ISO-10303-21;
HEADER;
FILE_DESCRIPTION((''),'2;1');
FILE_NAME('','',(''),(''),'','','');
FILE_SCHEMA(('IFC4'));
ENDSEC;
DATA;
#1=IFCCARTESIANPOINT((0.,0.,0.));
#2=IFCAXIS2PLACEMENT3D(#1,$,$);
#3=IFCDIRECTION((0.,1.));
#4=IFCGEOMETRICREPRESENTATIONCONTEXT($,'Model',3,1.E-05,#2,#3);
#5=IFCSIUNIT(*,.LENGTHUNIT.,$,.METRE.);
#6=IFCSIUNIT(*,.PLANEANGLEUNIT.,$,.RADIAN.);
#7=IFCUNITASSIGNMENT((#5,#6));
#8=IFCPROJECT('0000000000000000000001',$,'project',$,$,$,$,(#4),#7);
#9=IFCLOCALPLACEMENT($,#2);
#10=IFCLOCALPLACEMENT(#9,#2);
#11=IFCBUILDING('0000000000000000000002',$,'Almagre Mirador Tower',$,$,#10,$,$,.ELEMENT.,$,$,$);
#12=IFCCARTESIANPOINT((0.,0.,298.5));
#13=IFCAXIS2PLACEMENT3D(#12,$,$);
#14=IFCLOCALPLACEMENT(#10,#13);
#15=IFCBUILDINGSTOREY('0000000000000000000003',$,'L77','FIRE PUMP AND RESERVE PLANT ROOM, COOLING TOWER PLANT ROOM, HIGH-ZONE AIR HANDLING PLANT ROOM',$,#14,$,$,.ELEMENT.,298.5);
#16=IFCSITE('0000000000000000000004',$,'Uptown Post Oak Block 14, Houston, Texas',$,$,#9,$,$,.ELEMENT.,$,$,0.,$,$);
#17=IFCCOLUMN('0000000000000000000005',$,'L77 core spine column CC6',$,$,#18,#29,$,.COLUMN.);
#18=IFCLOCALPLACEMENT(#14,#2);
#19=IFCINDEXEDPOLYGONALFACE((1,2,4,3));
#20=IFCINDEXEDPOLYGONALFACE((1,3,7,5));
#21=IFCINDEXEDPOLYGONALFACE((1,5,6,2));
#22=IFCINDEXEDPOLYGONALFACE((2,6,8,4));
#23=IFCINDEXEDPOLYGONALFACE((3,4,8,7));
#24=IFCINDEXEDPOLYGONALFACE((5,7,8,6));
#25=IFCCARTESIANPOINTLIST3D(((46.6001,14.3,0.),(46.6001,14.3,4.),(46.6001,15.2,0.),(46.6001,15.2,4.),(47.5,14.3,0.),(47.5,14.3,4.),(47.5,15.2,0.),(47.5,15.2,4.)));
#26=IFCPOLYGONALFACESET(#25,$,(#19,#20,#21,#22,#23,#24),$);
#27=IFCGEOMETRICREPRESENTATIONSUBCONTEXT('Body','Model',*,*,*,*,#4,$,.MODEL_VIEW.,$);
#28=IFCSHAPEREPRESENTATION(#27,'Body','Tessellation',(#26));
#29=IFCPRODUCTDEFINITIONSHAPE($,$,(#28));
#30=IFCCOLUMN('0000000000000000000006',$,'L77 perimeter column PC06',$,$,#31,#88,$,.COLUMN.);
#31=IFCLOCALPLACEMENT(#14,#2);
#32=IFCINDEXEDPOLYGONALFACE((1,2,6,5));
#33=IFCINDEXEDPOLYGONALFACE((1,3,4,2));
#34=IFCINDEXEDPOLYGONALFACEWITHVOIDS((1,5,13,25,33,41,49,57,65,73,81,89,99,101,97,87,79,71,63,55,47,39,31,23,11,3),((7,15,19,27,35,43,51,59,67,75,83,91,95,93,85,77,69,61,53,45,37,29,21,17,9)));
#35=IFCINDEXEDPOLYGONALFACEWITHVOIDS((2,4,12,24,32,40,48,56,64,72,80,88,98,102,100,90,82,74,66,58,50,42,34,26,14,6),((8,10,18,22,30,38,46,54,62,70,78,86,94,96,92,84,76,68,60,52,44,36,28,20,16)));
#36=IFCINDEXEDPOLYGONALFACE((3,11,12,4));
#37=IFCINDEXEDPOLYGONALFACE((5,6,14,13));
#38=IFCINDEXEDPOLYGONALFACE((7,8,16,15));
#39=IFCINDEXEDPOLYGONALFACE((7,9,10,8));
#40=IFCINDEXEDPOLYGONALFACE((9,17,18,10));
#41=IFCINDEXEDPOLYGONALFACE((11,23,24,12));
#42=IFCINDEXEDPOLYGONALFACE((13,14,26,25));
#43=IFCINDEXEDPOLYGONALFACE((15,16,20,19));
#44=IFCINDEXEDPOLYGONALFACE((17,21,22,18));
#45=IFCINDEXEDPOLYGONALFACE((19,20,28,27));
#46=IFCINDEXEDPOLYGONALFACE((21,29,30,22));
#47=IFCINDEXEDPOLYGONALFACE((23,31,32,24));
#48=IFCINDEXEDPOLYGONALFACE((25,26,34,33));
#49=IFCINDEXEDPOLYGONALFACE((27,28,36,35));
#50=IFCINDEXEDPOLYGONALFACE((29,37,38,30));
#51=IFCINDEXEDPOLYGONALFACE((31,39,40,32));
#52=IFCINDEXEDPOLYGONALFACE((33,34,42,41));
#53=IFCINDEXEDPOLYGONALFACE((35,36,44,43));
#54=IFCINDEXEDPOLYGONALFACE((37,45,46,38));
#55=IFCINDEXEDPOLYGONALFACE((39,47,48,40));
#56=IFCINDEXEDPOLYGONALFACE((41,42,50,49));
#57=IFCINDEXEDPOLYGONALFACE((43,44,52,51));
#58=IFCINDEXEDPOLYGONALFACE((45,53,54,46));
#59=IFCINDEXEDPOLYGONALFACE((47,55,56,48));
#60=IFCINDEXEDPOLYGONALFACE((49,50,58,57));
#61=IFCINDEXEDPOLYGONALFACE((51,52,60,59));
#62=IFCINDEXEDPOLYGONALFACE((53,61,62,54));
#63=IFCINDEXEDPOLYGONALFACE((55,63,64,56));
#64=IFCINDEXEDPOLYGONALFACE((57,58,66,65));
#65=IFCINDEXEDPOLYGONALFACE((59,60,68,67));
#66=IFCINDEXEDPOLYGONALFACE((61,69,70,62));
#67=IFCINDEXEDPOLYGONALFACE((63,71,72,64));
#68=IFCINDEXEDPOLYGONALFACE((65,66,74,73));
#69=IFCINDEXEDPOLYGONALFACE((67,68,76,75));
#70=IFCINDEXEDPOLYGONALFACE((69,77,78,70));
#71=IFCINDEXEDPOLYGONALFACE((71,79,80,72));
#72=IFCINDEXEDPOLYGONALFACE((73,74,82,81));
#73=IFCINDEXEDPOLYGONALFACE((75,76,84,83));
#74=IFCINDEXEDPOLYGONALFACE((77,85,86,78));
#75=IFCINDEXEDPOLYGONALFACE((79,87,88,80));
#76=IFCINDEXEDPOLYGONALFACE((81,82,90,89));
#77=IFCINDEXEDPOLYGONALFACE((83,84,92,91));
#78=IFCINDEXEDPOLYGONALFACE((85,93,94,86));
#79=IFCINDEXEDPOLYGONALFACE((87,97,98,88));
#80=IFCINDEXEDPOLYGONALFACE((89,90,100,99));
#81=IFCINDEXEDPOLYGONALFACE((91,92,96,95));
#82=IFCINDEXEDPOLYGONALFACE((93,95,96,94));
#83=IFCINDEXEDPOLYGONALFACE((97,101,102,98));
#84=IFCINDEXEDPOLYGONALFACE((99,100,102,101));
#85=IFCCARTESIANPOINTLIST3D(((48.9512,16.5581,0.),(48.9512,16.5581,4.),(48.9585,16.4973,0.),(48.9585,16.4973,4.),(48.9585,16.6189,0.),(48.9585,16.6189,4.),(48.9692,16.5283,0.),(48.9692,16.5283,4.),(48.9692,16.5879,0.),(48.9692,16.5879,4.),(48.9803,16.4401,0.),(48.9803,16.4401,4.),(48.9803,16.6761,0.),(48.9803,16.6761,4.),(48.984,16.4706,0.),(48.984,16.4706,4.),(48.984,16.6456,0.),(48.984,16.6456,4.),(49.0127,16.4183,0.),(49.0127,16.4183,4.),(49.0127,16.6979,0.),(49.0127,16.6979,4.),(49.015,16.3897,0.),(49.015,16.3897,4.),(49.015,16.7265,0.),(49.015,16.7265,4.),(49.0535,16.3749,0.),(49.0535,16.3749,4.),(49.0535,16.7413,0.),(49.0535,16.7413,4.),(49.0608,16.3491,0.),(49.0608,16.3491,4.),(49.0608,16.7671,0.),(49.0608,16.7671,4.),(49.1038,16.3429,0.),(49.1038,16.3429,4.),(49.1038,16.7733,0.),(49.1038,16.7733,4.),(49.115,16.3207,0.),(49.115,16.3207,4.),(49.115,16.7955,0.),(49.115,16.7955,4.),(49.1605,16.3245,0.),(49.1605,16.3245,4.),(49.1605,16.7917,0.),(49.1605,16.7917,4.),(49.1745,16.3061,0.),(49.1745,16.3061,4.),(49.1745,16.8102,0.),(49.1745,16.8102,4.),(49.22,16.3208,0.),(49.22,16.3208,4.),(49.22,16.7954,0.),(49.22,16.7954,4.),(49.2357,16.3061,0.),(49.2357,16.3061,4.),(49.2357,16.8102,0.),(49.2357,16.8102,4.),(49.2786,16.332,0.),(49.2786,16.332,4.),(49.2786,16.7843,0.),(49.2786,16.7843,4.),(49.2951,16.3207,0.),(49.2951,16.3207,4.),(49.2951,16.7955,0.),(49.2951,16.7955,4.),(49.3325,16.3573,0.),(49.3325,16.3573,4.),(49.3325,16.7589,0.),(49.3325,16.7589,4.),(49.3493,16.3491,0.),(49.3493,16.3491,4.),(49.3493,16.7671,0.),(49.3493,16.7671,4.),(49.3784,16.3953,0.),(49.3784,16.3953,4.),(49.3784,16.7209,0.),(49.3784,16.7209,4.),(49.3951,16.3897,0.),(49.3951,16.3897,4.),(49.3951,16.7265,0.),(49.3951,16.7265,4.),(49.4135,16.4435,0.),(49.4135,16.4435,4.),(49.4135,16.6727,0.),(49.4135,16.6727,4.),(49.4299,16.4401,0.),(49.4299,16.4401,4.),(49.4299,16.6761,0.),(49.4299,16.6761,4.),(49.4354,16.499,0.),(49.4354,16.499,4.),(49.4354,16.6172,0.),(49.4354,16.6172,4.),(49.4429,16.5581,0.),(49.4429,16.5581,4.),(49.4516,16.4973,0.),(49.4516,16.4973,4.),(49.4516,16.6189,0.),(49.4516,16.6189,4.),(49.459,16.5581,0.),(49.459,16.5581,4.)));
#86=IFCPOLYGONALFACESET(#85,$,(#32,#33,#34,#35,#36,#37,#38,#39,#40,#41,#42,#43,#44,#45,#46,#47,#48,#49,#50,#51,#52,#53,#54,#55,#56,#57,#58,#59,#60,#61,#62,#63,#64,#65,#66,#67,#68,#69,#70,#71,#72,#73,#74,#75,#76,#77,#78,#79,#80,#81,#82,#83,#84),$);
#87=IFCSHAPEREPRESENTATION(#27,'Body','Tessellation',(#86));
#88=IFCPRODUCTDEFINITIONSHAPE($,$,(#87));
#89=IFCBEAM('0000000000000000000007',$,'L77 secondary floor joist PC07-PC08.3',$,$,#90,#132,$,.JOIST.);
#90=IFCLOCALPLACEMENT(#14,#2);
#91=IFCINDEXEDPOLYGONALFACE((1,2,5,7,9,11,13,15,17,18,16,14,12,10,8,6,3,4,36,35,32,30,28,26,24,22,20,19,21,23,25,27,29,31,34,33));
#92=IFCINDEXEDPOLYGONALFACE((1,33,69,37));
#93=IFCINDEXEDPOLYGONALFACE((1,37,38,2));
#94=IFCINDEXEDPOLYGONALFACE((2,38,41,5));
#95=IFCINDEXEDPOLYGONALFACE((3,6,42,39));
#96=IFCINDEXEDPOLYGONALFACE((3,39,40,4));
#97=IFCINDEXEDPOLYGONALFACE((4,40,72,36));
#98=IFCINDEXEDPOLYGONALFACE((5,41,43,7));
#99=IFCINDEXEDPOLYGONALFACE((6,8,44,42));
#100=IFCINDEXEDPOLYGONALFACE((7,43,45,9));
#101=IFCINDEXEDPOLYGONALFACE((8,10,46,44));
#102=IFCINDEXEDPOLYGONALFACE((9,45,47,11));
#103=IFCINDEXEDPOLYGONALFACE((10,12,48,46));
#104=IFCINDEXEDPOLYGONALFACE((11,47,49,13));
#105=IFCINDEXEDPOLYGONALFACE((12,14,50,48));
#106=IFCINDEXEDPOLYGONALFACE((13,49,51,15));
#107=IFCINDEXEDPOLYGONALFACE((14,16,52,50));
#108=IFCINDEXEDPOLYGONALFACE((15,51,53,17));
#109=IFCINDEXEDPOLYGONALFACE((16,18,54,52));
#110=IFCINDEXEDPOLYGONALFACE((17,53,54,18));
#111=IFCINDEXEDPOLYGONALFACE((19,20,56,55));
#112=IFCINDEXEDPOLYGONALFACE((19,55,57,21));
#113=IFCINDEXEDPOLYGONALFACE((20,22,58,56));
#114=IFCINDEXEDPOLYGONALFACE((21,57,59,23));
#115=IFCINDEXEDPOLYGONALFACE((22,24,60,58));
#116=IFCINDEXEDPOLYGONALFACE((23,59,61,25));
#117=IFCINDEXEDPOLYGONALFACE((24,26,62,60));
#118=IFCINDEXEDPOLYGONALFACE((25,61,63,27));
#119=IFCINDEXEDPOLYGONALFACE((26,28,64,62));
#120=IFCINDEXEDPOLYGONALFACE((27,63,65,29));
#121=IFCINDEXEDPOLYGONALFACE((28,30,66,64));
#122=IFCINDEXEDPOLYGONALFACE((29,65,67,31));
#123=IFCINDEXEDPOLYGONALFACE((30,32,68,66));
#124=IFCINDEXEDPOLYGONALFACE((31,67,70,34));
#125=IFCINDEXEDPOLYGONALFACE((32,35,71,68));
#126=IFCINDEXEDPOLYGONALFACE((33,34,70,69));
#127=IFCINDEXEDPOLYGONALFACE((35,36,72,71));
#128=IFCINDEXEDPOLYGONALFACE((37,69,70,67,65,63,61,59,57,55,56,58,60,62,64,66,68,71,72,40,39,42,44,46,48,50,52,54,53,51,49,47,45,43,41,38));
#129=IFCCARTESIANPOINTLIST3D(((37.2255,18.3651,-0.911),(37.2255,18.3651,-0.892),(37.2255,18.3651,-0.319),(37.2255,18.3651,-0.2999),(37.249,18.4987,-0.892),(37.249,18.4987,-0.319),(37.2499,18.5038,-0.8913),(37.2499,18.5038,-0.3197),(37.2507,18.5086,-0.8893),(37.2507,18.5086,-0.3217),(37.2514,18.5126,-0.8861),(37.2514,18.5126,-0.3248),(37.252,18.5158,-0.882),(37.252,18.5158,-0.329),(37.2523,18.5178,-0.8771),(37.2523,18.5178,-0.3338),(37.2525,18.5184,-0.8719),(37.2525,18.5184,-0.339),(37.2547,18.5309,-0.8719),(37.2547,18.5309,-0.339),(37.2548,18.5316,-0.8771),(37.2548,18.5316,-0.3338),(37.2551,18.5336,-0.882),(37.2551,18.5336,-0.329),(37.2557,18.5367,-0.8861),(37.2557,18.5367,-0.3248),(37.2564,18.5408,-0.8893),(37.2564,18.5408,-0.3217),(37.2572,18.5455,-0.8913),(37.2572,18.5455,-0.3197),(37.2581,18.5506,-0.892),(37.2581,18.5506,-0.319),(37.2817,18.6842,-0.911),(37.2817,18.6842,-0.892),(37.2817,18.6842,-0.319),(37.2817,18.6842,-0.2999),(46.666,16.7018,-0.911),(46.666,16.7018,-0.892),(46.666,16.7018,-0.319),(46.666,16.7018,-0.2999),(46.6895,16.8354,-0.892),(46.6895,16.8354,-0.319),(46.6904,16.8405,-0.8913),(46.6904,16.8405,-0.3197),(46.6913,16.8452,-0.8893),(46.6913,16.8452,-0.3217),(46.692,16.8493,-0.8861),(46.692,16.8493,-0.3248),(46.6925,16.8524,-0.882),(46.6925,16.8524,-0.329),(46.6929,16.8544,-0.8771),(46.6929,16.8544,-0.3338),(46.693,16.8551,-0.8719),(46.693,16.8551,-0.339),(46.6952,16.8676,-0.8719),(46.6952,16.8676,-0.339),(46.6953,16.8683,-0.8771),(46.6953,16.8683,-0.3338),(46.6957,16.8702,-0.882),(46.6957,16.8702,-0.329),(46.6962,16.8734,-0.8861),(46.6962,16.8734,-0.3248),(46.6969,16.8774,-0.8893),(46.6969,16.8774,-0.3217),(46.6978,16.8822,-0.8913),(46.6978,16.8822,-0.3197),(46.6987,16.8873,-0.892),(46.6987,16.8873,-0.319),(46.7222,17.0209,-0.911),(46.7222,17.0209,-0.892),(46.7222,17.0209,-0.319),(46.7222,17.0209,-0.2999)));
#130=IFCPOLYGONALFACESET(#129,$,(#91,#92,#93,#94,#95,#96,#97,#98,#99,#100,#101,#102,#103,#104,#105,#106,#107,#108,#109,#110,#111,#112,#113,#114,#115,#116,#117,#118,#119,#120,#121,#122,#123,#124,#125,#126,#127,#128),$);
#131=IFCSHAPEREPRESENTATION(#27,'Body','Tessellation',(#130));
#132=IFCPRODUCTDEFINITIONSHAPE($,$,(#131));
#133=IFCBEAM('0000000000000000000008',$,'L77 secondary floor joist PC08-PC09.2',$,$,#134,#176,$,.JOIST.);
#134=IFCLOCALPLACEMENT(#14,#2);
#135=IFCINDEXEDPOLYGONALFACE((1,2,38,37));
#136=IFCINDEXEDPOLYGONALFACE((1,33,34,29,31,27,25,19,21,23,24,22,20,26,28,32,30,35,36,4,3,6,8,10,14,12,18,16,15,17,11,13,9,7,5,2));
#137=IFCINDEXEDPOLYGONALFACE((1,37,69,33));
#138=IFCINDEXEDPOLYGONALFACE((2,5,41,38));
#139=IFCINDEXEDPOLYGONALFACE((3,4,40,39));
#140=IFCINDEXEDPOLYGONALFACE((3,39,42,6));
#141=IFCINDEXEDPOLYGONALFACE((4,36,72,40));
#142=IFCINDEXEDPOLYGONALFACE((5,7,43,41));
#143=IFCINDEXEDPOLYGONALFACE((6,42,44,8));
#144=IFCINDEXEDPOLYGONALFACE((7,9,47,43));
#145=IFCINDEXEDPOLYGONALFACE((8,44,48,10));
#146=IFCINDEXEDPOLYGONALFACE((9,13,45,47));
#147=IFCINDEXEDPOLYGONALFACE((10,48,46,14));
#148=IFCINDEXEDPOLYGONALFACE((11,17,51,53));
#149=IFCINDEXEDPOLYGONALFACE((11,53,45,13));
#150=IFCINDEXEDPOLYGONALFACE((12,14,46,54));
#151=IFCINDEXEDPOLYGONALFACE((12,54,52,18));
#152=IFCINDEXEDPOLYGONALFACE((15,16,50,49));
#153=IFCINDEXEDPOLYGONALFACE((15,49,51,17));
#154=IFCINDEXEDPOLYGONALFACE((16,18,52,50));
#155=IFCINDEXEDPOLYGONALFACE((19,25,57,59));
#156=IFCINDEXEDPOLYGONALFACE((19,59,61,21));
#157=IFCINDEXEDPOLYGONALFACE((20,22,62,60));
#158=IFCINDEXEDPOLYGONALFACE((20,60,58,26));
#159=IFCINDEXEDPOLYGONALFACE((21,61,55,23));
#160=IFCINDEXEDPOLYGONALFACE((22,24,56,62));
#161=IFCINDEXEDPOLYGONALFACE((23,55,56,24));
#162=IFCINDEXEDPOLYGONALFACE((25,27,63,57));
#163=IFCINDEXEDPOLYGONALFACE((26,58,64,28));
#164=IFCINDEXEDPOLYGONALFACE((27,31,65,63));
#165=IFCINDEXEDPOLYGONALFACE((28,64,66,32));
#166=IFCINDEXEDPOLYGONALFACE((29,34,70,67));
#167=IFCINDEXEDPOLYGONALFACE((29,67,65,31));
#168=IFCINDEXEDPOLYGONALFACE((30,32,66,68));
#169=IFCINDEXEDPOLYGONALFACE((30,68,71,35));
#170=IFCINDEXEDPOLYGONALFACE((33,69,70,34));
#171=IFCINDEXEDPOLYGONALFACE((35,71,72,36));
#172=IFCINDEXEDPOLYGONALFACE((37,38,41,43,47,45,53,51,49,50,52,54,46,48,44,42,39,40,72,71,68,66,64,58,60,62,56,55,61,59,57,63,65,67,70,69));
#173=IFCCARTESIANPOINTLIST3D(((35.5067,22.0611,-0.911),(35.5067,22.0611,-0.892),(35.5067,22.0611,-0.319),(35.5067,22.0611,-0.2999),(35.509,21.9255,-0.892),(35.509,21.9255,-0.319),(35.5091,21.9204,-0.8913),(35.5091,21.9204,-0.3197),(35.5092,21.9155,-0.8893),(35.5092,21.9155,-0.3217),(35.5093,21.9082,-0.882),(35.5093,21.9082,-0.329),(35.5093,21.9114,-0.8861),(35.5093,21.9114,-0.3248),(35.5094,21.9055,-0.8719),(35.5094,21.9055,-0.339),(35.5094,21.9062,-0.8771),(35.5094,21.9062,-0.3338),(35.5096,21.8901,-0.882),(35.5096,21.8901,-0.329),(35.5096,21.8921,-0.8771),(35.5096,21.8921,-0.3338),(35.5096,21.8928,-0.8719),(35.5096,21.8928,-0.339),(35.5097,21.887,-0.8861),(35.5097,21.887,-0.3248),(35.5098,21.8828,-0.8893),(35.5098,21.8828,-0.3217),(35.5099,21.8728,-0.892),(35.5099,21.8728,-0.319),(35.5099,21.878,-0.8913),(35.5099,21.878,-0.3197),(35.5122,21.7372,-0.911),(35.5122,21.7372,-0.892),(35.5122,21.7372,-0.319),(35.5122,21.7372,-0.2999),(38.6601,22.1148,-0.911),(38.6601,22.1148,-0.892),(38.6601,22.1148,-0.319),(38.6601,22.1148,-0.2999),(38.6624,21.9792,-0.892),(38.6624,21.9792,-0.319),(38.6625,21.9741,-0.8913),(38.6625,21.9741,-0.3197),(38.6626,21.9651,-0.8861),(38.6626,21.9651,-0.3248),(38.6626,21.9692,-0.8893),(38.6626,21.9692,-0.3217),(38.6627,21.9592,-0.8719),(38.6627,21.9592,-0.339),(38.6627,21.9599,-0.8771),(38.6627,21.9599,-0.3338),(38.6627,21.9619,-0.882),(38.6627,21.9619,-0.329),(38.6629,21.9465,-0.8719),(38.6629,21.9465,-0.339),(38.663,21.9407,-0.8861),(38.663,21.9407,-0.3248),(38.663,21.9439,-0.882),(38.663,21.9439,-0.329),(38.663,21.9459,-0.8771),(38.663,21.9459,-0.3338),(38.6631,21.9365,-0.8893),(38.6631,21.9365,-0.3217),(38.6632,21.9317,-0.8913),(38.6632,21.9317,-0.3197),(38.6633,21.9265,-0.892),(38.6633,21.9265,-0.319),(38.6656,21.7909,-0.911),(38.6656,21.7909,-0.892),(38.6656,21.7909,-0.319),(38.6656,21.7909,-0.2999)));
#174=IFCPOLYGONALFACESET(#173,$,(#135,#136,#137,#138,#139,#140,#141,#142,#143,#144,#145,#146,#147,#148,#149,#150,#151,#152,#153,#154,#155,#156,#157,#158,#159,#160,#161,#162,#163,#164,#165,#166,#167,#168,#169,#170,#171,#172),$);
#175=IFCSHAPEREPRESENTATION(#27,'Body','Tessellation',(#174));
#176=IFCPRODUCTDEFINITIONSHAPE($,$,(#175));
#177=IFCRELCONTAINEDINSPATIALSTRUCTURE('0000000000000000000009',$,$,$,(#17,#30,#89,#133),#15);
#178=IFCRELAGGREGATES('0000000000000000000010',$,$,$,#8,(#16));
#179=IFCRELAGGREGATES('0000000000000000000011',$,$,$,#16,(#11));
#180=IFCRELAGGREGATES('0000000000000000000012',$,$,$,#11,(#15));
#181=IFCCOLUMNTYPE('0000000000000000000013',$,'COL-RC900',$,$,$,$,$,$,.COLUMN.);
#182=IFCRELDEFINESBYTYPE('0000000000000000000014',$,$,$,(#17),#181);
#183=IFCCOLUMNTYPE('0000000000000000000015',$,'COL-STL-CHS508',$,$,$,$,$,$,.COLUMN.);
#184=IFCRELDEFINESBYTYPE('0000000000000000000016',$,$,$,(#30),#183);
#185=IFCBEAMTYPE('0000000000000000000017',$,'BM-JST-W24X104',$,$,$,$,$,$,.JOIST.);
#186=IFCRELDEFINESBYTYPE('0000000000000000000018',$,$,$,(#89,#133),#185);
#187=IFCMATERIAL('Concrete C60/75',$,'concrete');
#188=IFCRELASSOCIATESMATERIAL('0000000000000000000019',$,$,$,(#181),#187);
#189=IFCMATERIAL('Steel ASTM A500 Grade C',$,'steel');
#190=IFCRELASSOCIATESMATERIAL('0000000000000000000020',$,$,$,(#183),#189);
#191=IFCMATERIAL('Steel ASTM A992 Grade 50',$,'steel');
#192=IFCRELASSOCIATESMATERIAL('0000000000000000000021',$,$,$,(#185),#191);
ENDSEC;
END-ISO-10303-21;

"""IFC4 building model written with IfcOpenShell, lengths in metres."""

from ifc_helpers import new_model, si_unit, direction, frame, origin, origin_2d, place, context, subcontext, project, spatial, rectangle, hollow_circle, i_section, extrude, material, material_profile, profile_set, type_object, element, save


model = new_model("IFC4")

# Units and contexts
model_context = context("Model", 3, precision=1e-05, world=origin(), true_north=direction((0.0, 1.0)))
body_context = subcontext(model_context, "Body", "Model", "MODEL_VIEW")
ifc_project = project(units=[si_unit("LENGTHUNIT", "METRE"), si_unit("PLANEANGLEUNIT", "RADIAN")], contexts=[model_context])

# Site, building, storey
site_placement = place(None, origin())
site = spatial("IfcSite", under=ifc_project, at=site_placement, Name="Uptown Post Oak Block 14, Houston, Texas", CompositionType="ELEMENT", RefElevation=0.0)
building_placement = place(site_placement, origin())
building = spatial("IfcBuilding", under=site, at=building_placement, Name="Almagre Mirador Tower", CompositionType="ELEMENT")
storey_placement = place(building_placement, frame((0.0, 0.0, 298.5)))
storey = spatial("IfcBuildingStorey", under=building, at=storey_placement, Name="L77", Description="FIRE PUMP AND RESERVE PLANT ROOM, COOLING TOWER PLANT ROOM, HIGH-ZONE AIR HANDLING PLANT ROOM", CompositionType="ELEMENT", Elevation=298.5)

# Columns
ifc_material_1 = material(Name="Concrete C60/75", Category="concrete")
ifc_material_profile_1 = material_profile(ifc_material_1, rectangle(XDim=0.8999, YDim=0.8999, at=origin_2d()), Name="RC900X900")
ifc_profile_set_1 = profile_set([ifc_material_profile_1], Name="Concrete C60/75")
column_type_1 = type_object("IfcColumnType", Name="COL-RC900", PredefinedType="COLUMN", material=ifc_profile_set_1)
column_1_placement = place(storey_placement, frame((47.05, 14.75, 0.0), z_axis=(0.0, 0.0, 1.0), x_axis=(1.0, 0.0, 0.0)))
element("IfcColumn", 1, at=column_1_placement, inside=storey, type_object=column_type_1, Name="L77 core spine column CC6", PredefinedType="COLUMN", context=body_context, shape_type="SweptSolid", body=[
    extrude(rectangle(XDim=0.8999, YDim=0.8999, at=origin_2d()), origin(), (0.0, 0.0, 1.0), 4.0),
])
ifc_material_2 = material(Name="Steel ASTM A500 Grade C", Category="steel")
ifc_material_profile_2 = material_profile(ifc_material_2, hollow_circle(Radius=0.2539, WallThickness=0.0161, at=origin_2d()), Name="CHS508X16")
ifc_profile_set_2 = profile_set([ifc_material_profile_2], Name="Steel ASTM A500 Grade C")
column_type_2 = type_object("IfcColumnType", Name="COL-STL-CHS508", PredefinedType="COLUMN", material=ifc_profile_set_2)
column_2_placement = place(storey_placement, frame((49.2051, 16.5581, 0.0), z_axis=(0.0, 0.0, 1.0), x_axis=(1.0, 0.0, 0.0)))
element("IfcColumn", 2, at=column_2_placement, inside=storey, type_object=column_type_2, Name="L77 perimeter column PC06", PredefinedType="COLUMN", context=body_context, shape_type="SweptSolid", body=[
    extrude(hollow_circle(Radius=0.2539, WallThickness=0.0161, at=origin_2d()), origin(), (0.0, 0.0, 1.0), 4.0),
])

# Beams
ifc_material_3 = material(Name="Steel ASTM A992 Grade 50", Category="steel")
ifc_material_profile_3 = material_profile(ifc_material_3, i_section(OverallWidth=0.324, OverallDepth=0.6111, WebThickness=0.0127, FlangeThickness=0.019, FilletRadius=0.02, at=origin_2d()), Name="W24X104")
ifc_profile_set_3 = profile_set([ifc_material_profile_3], Name="Steel ASTM A992 Grade 50")
beam_type_1 = type_object("IfcBeamType", Name="BM-JST-W24X104", PredefinedType="JOIST", material=ifc_profile_set_3)
beam_1_placement = place(storey_placement, frame((46.6941, 16.8613, -0.6055), z_axis=(-0.98483, 0.173519, 0.0), x_axis=(-0.173519, -0.98483, 0.0)))
element("IfcBeam", 3, at=beam_1_placement, inside=storey, type_object=beam_type_1, Name="L77 secondary floor joist PC07-PC08.3", PredefinedType="JOIST", context=body_context, shape_type="SweptSolid", body=[
    extrude(i_section(OverallWidth=0.324, OverallDepth=0.6111, WebThickness=0.0127, FlangeThickness=0.019, FilletRadius=0.02, at=origin_2d()), origin(), (0.0, 0.0, 1.0), 9.5859),
])
beam_2_placement = place(storey_placement, frame((38.6628, 21.9529, -0.6055), z_axis=(-0.999855, -0.017031, 0.0), x_axis=(0.017031, -0.999855, 0.0)))
element("IfcBeam", 4, at=beam_2_placement, inside=storey, type_object=beam_type_1, Name="L77 secondary floor joist PC08-PC09.2", PredefinedType="JOIST", context=body_context, shape_type="SweptSolid", body=[
    extrude(i_section(OverallWidth=0.324, OverallDepth=0.6111, WebThickness=0.0127, FlangeThickness=0.019, FilletRadius=0.02, at=origin_2d()), origin(), (0.0, 0.0, 1.0), 3.1538),
])

save(model, "model.ifc")
